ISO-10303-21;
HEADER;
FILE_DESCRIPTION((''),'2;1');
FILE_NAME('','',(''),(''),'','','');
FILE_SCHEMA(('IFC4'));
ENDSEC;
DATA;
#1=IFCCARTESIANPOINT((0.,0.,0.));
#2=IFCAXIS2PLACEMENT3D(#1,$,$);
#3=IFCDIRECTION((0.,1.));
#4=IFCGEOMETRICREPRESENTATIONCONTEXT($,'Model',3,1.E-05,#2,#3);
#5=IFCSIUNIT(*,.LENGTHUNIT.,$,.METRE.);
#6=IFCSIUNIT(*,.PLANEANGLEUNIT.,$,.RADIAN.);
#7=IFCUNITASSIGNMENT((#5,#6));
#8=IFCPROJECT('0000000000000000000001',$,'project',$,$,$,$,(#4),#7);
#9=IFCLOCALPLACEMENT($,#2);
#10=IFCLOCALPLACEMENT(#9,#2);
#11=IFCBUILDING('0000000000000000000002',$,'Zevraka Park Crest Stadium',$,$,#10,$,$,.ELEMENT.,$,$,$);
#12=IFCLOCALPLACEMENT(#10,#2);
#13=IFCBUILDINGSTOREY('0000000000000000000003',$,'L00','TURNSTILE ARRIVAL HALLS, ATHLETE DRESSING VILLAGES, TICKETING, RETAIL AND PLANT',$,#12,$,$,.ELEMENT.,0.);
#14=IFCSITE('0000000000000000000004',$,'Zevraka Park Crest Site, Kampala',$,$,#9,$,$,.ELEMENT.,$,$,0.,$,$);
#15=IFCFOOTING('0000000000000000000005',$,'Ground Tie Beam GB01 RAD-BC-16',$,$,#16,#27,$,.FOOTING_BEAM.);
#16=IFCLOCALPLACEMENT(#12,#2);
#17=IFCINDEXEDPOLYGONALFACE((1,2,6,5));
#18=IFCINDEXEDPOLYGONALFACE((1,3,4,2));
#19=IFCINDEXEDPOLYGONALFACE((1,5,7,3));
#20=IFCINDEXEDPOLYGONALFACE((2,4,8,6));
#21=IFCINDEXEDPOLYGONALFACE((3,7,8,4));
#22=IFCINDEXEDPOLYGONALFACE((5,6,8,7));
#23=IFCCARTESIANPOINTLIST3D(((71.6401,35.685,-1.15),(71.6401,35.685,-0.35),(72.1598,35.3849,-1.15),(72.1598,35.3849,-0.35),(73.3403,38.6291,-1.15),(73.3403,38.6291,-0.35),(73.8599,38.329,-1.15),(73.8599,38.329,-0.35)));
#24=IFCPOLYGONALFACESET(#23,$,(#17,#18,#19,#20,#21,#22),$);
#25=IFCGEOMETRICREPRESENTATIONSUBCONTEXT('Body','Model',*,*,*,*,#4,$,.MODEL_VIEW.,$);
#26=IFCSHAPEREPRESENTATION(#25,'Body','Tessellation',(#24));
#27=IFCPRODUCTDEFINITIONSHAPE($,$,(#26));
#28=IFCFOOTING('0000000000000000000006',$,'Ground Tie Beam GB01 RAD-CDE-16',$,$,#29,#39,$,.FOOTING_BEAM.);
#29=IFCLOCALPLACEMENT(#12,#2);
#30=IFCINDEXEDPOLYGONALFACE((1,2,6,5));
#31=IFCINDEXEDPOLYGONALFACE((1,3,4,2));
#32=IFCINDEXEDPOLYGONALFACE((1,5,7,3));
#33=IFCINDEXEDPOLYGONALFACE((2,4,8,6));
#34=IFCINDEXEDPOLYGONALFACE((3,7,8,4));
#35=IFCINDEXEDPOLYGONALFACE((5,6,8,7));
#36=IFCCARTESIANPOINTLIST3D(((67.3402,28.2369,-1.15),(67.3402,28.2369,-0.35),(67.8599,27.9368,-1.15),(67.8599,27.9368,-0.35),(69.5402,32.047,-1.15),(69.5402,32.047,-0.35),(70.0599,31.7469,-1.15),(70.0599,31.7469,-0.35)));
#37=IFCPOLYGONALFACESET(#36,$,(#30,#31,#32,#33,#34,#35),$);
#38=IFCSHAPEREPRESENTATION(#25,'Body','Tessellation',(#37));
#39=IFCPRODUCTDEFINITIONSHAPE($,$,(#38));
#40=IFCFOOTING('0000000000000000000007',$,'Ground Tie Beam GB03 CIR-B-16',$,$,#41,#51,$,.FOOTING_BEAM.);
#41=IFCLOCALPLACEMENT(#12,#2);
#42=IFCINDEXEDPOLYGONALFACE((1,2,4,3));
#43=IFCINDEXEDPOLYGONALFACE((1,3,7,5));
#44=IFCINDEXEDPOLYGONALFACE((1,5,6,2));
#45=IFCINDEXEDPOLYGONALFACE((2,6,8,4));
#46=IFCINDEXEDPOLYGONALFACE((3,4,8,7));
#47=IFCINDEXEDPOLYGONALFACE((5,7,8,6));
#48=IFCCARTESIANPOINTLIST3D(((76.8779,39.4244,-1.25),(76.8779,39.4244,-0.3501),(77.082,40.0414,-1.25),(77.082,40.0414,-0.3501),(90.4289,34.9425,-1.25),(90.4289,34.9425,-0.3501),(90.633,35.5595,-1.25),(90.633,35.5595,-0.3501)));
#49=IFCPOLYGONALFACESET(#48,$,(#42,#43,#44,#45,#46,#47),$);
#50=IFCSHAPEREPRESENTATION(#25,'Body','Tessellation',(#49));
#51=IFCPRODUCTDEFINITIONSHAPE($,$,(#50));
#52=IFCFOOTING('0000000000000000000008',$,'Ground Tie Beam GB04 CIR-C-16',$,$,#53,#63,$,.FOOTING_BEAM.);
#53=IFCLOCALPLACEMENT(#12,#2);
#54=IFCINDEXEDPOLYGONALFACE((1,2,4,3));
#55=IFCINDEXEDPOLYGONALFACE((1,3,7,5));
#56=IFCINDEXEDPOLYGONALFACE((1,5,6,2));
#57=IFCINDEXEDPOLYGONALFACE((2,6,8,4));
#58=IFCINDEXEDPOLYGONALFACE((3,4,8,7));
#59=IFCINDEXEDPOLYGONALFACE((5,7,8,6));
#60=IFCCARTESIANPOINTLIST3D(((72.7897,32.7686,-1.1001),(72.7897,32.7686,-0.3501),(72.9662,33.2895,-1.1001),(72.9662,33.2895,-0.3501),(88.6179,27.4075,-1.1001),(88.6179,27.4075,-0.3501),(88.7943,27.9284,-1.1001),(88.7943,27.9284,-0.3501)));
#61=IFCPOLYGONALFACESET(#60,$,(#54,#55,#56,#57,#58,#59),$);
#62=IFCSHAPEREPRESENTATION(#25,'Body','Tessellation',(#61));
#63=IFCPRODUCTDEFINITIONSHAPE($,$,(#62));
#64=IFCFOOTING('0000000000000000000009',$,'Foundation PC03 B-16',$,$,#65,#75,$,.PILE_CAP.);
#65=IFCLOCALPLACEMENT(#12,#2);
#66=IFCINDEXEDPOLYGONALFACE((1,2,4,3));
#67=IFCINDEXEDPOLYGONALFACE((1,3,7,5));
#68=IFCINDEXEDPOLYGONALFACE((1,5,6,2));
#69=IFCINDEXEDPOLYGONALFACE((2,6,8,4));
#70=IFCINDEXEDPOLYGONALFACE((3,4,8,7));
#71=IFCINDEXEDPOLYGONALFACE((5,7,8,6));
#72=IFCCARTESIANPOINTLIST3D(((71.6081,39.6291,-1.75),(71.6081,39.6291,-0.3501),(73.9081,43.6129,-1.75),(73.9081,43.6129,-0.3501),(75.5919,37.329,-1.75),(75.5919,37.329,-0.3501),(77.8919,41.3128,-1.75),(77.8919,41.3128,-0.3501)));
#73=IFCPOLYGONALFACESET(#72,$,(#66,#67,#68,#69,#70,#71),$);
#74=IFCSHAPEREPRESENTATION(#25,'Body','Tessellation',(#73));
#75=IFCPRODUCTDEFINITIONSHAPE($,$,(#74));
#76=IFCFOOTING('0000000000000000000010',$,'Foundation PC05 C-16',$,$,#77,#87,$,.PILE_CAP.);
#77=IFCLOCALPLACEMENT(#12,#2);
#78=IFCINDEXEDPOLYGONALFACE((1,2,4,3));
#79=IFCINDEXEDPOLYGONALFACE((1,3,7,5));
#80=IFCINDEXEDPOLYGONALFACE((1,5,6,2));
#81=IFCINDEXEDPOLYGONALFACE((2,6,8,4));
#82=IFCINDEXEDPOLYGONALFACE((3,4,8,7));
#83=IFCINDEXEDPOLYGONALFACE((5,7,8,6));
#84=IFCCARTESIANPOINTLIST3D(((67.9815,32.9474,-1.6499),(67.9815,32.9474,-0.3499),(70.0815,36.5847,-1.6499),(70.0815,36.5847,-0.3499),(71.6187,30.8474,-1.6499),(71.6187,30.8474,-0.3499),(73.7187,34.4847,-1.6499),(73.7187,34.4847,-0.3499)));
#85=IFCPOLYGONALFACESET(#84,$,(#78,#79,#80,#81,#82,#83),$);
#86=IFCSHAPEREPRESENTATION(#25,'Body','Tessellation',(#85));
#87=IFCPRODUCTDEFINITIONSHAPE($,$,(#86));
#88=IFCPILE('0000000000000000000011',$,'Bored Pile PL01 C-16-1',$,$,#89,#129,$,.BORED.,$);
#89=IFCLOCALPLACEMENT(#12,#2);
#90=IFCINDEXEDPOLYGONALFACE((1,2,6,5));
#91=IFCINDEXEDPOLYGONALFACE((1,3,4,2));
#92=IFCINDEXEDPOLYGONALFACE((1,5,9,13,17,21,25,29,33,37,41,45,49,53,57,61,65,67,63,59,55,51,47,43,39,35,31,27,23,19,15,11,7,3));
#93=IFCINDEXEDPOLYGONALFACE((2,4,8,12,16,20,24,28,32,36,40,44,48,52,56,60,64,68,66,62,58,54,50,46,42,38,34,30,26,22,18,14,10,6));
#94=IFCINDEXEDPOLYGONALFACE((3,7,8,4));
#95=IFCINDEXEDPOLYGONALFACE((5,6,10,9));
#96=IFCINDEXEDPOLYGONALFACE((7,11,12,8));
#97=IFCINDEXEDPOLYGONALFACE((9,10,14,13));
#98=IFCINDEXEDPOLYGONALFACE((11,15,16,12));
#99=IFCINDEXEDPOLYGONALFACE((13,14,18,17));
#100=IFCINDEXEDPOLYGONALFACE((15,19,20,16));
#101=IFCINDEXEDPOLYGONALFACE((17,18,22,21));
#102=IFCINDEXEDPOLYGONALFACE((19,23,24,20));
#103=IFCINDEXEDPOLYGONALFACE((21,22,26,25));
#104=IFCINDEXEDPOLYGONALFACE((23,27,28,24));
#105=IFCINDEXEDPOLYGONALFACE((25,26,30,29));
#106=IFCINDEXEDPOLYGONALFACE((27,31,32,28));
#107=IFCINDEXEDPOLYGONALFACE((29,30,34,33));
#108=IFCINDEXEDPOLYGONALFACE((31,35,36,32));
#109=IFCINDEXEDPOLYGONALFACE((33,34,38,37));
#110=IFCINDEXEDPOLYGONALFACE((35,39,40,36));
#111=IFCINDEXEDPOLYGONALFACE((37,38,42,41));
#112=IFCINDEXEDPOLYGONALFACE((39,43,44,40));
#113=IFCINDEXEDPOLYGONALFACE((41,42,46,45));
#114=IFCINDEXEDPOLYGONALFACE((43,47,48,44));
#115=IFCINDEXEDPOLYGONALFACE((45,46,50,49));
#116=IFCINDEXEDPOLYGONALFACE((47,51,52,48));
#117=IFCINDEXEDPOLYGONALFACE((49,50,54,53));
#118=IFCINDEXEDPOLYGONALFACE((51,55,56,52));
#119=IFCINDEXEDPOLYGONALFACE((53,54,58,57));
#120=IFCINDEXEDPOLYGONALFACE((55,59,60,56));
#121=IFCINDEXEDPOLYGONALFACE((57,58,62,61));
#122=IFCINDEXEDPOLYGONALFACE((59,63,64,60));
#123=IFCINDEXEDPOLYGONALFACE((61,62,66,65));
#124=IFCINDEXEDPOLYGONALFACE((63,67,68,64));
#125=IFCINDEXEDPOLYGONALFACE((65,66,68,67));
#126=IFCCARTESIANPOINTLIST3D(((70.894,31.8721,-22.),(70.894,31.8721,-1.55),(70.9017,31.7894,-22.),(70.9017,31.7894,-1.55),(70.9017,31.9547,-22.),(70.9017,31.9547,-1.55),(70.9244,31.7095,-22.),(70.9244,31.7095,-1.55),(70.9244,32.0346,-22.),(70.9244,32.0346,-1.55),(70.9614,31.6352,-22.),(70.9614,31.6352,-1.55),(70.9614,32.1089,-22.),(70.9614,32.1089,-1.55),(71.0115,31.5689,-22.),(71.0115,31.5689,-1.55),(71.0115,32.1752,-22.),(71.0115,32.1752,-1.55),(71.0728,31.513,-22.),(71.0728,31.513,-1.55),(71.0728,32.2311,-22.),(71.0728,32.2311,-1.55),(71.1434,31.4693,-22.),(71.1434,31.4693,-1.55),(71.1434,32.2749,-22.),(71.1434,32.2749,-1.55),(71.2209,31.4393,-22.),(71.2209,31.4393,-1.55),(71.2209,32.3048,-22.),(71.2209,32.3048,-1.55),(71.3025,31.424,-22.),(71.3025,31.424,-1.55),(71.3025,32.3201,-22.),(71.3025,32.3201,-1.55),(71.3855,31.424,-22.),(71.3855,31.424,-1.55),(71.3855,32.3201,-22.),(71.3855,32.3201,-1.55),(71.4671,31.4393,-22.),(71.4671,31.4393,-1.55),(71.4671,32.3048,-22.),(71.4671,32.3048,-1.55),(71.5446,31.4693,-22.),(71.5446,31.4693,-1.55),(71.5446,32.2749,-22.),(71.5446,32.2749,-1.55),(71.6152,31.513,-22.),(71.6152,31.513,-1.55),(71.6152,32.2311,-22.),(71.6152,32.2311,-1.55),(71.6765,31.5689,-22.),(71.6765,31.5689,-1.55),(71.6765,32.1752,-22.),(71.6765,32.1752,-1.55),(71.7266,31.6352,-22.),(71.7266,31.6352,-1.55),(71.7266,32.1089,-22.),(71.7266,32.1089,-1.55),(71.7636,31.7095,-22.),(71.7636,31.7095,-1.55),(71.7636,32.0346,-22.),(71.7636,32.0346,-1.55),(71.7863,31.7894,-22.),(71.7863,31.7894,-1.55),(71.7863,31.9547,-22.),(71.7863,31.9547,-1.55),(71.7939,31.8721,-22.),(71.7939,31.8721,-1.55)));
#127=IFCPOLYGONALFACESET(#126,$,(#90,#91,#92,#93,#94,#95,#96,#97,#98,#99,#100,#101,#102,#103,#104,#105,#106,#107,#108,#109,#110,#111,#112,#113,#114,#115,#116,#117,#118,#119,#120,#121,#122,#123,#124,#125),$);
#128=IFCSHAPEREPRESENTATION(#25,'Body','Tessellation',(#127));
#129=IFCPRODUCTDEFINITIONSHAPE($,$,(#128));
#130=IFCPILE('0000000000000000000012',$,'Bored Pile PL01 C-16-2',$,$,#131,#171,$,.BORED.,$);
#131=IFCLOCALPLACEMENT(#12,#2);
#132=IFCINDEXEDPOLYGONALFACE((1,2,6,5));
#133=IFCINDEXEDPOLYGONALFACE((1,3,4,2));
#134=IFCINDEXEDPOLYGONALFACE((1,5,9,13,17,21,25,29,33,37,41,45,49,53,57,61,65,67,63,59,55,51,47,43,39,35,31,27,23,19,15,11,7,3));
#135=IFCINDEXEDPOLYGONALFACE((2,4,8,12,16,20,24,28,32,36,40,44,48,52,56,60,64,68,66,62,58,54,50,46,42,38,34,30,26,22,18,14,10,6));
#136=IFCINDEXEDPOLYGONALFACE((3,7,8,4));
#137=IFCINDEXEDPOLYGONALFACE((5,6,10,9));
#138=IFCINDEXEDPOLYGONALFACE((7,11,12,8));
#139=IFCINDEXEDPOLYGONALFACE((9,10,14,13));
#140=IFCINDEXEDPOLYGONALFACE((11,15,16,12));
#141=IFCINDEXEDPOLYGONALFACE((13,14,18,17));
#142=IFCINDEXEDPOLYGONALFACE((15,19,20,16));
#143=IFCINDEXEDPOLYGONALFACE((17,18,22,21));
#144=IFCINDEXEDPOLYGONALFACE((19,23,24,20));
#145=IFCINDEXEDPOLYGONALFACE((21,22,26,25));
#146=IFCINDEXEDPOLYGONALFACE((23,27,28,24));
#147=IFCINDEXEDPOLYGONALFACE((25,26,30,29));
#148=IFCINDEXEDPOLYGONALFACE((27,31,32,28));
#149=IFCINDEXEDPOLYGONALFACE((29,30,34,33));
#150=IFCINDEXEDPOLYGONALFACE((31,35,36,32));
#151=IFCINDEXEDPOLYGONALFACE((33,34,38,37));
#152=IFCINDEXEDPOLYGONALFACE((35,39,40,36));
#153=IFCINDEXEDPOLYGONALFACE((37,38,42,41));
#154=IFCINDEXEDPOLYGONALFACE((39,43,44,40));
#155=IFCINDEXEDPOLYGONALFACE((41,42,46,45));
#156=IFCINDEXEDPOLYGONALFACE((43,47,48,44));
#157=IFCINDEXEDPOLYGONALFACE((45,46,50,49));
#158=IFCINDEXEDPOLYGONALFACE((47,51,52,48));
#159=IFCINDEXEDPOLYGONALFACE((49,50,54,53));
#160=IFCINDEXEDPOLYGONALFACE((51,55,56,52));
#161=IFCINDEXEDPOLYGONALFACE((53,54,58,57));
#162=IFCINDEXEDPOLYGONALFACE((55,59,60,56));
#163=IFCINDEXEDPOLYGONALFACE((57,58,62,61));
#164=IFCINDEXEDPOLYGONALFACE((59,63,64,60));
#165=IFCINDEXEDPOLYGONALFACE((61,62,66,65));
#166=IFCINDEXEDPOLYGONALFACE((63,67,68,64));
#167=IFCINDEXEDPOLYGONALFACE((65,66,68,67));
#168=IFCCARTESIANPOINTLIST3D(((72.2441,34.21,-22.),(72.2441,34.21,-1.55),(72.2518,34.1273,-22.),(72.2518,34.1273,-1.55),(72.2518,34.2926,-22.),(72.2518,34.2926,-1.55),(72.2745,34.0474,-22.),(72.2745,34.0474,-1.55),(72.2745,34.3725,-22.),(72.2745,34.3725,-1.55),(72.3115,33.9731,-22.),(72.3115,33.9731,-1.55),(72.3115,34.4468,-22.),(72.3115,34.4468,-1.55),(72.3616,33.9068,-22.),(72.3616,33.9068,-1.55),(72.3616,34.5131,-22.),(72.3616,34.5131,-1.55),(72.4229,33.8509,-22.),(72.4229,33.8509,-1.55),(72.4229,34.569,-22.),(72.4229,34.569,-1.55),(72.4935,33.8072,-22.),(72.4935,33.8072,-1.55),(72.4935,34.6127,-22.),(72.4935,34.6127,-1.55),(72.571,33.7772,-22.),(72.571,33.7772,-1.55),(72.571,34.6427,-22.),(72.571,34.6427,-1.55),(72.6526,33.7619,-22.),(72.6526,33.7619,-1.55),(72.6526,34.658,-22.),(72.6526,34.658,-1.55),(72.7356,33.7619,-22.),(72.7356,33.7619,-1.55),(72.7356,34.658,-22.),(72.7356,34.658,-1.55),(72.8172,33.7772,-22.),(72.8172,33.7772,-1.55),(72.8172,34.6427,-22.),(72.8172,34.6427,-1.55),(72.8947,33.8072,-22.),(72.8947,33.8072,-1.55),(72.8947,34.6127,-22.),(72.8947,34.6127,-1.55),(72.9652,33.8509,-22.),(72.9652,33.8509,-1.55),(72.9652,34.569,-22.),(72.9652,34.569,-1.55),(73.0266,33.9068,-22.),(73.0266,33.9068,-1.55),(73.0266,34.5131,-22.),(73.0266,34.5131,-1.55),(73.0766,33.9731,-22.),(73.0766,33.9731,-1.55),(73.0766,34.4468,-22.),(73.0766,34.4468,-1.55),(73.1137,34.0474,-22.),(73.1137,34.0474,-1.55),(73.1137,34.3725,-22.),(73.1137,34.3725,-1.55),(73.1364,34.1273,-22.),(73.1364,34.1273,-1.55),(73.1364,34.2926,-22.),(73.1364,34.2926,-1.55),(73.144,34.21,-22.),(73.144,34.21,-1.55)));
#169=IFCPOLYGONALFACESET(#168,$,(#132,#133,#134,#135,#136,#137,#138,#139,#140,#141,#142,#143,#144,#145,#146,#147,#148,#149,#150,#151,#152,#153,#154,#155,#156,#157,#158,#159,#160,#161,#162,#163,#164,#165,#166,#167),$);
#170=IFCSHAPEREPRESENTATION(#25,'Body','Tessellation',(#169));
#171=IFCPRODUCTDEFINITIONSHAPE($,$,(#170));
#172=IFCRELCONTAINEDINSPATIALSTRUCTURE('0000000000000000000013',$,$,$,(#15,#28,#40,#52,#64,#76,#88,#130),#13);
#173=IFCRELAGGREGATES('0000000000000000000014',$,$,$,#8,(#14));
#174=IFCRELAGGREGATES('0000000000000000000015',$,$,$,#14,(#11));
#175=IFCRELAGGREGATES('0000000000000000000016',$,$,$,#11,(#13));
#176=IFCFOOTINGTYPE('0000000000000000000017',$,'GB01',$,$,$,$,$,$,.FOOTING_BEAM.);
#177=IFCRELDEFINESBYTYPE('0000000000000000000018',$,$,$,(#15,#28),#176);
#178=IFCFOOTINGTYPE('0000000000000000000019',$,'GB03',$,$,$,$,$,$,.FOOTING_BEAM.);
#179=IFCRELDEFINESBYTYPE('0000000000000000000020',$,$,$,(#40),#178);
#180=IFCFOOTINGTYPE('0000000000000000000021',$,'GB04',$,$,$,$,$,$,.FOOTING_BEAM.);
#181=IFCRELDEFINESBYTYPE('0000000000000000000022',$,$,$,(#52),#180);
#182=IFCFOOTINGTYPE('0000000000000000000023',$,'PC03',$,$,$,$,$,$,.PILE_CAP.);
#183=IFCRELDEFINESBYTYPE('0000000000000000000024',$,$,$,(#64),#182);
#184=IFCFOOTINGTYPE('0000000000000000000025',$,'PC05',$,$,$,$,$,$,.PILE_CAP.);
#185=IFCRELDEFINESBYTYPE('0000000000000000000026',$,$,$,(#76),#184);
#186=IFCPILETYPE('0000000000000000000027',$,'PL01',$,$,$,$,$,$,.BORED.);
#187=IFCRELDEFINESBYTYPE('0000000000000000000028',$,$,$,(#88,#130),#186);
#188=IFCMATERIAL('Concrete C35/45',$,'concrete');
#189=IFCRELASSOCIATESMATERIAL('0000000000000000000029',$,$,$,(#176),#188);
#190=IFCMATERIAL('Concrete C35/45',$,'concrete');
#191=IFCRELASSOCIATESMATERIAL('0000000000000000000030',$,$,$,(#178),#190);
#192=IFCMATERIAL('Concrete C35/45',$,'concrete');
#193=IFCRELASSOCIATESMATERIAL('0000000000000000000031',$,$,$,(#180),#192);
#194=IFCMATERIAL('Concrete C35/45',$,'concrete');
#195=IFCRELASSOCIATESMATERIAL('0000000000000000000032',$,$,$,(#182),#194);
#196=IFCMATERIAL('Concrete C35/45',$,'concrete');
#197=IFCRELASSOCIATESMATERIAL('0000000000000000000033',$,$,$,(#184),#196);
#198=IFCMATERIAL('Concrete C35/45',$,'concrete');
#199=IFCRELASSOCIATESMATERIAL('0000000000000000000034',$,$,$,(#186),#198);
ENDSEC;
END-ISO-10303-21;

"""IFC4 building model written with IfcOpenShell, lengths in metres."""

from ifc_helpers import new_model, si_unit, direction, frame, origin, origin_2d, place, context, subcontext, project, spatial, rectangle, circle, extrude, material, material_profile, profile_set, type_object, element, save


model = new_model("IFC4")

# Units and contexts
model_context = context("Model", 3, precision=1e-05, world=origin(), true_north=direction((0.0, 1.0)))
body_context = subcontext(model_context, "Body", "Model", "MODEL_VIEW")
ifc_project = project(units=[si_unit("LENGTHUNIT", "METRE"), si_unit("PLANEANGLEUNIT", "RADIAN")], contexts=[model_context])

# Site, building, storey
site_placement = place(None, origin())
site = spatial("IfcSite", under=ifc_project, at=site_placement, Name="Zevraka Park Crest Site, Kampala", CompositionType="ELEMENT", RefElevation=0.0)
building_placement = place(site_placement, origin())
building = spatial("IfcBuilding", under=site, at=building_placement, Name="Zevraka Park Crest Stadium", CompositionType="ELEMENT")
storey_placement = place(building_placement, origin())
storey = spatial("IfcBuildingStorey", under=building, at=storey_placement, Name="L00", Description="TURNSTILE ARRIVAL HALLS, ATHLETE DRESSING VILLAGES, TICKETING, RETAIL AND PLANT", CompositionType="ELEMENT", Elevation=0.0)

# Footings
ifc_material_1 = material(Name="Concrete C35/45", Category="concrete")
ifc_material_profile_1 = material_profile(ifc_material_1, rectangle(XDim=0.6001, YDim=0.8, at=origin_2d()), Name="GB 800x600")
ifc_profile_set_1 = profile_set([ifc_material_profile_1], Name="Concrete C35/45")
footing_type_1 = type_object("IfcFootingType", Name="GB01", PredefinedType="FOOTING_BEAM", material=ifc_profile_set_1)
footing_1_placement = place(storey_placement, frame((73.6001, 38.479, -0.75), z_axis=(-0.500093, -0.865972, 0.0), x_axis=(0.865972, -0.500093, 0.0)))
element("IfcFooting", 1, at=footing_1_placement, inside=storey, type_object=footing_type_1, Name="Ground Tie Beam GB01 RAD-BC-16", PredefinedType="FOOTING_BEAM", context=body_context, shape_type="SweptSolid", body=[
    extrude(rectangle(XDim=0.6001, YDim=0.8, at=origin_2d()), origin(), (0.0, 0.0, 1.0), 3.3997),
])
footing_2_placement = place(storey_placement, frame((69.8, 31.897, -0.75), z_axis=(-0.500036, -0.866004, 0.0), x_axis=(0.866004, -0.500036, 0.0)))
element("IfcFooting", 2, at=footing_2_placement, inside=storey, type_object=footing_type_1, Name="Ground Tie Beam GB01 RAD-CDE-16", PredefinedType="FOOTING_BEAM", context=body_context, shape_type="SweptSolid", body=[
    extrude(rectangle(XDim=0.6001, YDim=0.8, at=origin_2d()), origin(), (0.0, 0.0, 1.0), 4.3997),
])
ifc_material_2 = material(Name="Concrete C35/45", Category="concrete")
ifc_material_profile_2 = material_profile(ifc_material_2, rectangle(XDim=0.6499, YDim=0.8999, at=origin_2d()), Name="GB 900x650")
ifc_profile_set_2 = profile_set([ifc_material_profile_2], Name="Concrete C35/45")
footing_type_2 = type_object("IfcFootingType", Name="GB03", PredefinedType="FOOTING_BEAM", material=ifc_profile_set_2)
footing_3_placement = place(storey_placement, frame((76.98, 39.7329, -0.8), z_axis=(0.949418, -0.314015, 0.0), x_axis=(0.314015, 0.949418, 0.0)))
element("IfcFooting", 3, at=footing_3_placement, inside=storey, type_object=footing_type_2, Name="Ground Tie Beam GB03 CIR-B-16", PredefinedType="FOOTING_BEAM", context=body_context, shape_type="SweptSolid", body=[
    extrude(rectangle(XDim=0.6499, YDim=0.8999, at=origin_2d()), origin(), (0.0, 0.0, 1.0), 14.2729),
])
ifc_material_3 = material(Name="Concrete C35/45", Category="concrete")
ifc_material_profile_3 = material_profile(ifc_material_3, rectangle(XDim=0.55, YDim=0.75, at=origin_2d()), Name="GB 750x550")
ifc_profile_set_3 = profile_set([ifc_material_profile_3], Name="Concrete C35/45")
footing_type_3 = type_object("IfcFootingType", Name="GB04", PredefinedType="FOOTING_BEAM", material=ifc_profile_set_3)
footing_4_placement = place(storey_placement, frame((72.8779, 33.0291, -0.7251), z_axis=(0.947146, -0.320804, 0.0), x_axis=(0.320804, 0.947146, 0.0)))
element("IfcFooting", 4, at=footing_4_placement, inside=storey, type_object=footing_type_3, Name="Ground Tie Beam GB04 CIR-C-16", PredefinedType="FOOTING_BEAM", context=body_context, shape_type="SweptSolid", body=[
    extrude(rectangle(XDim=0.55, YDim=0.75, at=origin_2d()), origin(), (0.0, 0.0, 1.0), 16.7114),
])
ifc_material_4 = material(Name="Concrete C35/45", Category="concrete")
footing_type_4 = type_object("IfcFootingType", Name="PC03", PredefinedType="PILE_CAP", material=ifc_material_4)
footing_5_placement = place(storey_placement, frame((74.75, 40.4709, -1.75), z_axis=(0.0, 0.0, 1.0), x_axis=(0.5, 0.866025, 0.0)))
element("IfcFooting", 5, at=footing_5_placement, inside=storey, type_object=footing_type_4, Name="Foundation PC03 B-16", PredefinedType="PILE_CAP", context=body_context, shape_type="SweptSolid", body=[
    extrude(rectangle(XDim=4.6001, YDim=4.6001, at=origin_2d()), origin(), (0.0, 0.0, 1.0), 1.3999),
])
ifc_material_5 = material(Name="Concrete C35/45", Category="concrete")
footing_type_5 = type_object("IfcFootingType", Name="PC05", PredefinedType="PILE_CAP", material=ifc_material_5)
footing_6_placement = place(storey_placement, frame((70.8501, 33.7161, -1.6499), z_axis=(0.0, 0.0, 1.0), x_axis=(0.5, 0.866025, 0.0)))
element("IfcFooting", 6, at=footing_6_placement, inside=storey, type_object=footing_type_5, Name="Foundation PC05 C-16", PredefinedType="PILE_CAP", context=body_context, shape_type="SweptSolid", body=[
    extrude(rectangle(XDim=4.2, YDim=4.2, at=origin_2d()), origin(), (0.0, 0.0, 1.0), 1.3),
])

# Piles
ifc_material_6 = material(Name="Concrete C35/45", Category="concrete")
ifc_material_profile_4 = material_profile(ifc_material_6, circle(Radius=0.45, at=origin_2d()), Name="PILE D900")
ifc_profile_set_4 = profile_set([ifc_material_profile_4], Name="Concrete C35/45")
pile_type_1 = type_object("IfcPileType", Name="PL01", PredefinedType="BORED", material=ifc_profile_set_4)
for number, where, z_axis, x_axis, name in (
    (7, (71.344, 31.8721, -1.55), (0.0, 0.0, -1.0), (1.0, 0.0, 0.0), "Bored Pile PL01 C-16-1"),
    (8, (72.6941, 34.21, -1.55), (0.0, 0.0, -1.0), (1.0, 0.0, 0.0), "Bored Pile PL01 C-16-2"),
):
    element("IfcPile", number, at=place(storey_placement, frame(where, z_axis=z_axis, x_axis=x_axis)), inside=storey, type_object=pile_type_1, Name=name, PredefinedType="BORED", context=body_context, shape_type="SweptSolid", body=[
        extrude(circle(Radius=0.45, at=origin_2d()), origin(), (0.0, 0.0, 1.0), 20.45),
    ])

save(model, "model.ifc")
